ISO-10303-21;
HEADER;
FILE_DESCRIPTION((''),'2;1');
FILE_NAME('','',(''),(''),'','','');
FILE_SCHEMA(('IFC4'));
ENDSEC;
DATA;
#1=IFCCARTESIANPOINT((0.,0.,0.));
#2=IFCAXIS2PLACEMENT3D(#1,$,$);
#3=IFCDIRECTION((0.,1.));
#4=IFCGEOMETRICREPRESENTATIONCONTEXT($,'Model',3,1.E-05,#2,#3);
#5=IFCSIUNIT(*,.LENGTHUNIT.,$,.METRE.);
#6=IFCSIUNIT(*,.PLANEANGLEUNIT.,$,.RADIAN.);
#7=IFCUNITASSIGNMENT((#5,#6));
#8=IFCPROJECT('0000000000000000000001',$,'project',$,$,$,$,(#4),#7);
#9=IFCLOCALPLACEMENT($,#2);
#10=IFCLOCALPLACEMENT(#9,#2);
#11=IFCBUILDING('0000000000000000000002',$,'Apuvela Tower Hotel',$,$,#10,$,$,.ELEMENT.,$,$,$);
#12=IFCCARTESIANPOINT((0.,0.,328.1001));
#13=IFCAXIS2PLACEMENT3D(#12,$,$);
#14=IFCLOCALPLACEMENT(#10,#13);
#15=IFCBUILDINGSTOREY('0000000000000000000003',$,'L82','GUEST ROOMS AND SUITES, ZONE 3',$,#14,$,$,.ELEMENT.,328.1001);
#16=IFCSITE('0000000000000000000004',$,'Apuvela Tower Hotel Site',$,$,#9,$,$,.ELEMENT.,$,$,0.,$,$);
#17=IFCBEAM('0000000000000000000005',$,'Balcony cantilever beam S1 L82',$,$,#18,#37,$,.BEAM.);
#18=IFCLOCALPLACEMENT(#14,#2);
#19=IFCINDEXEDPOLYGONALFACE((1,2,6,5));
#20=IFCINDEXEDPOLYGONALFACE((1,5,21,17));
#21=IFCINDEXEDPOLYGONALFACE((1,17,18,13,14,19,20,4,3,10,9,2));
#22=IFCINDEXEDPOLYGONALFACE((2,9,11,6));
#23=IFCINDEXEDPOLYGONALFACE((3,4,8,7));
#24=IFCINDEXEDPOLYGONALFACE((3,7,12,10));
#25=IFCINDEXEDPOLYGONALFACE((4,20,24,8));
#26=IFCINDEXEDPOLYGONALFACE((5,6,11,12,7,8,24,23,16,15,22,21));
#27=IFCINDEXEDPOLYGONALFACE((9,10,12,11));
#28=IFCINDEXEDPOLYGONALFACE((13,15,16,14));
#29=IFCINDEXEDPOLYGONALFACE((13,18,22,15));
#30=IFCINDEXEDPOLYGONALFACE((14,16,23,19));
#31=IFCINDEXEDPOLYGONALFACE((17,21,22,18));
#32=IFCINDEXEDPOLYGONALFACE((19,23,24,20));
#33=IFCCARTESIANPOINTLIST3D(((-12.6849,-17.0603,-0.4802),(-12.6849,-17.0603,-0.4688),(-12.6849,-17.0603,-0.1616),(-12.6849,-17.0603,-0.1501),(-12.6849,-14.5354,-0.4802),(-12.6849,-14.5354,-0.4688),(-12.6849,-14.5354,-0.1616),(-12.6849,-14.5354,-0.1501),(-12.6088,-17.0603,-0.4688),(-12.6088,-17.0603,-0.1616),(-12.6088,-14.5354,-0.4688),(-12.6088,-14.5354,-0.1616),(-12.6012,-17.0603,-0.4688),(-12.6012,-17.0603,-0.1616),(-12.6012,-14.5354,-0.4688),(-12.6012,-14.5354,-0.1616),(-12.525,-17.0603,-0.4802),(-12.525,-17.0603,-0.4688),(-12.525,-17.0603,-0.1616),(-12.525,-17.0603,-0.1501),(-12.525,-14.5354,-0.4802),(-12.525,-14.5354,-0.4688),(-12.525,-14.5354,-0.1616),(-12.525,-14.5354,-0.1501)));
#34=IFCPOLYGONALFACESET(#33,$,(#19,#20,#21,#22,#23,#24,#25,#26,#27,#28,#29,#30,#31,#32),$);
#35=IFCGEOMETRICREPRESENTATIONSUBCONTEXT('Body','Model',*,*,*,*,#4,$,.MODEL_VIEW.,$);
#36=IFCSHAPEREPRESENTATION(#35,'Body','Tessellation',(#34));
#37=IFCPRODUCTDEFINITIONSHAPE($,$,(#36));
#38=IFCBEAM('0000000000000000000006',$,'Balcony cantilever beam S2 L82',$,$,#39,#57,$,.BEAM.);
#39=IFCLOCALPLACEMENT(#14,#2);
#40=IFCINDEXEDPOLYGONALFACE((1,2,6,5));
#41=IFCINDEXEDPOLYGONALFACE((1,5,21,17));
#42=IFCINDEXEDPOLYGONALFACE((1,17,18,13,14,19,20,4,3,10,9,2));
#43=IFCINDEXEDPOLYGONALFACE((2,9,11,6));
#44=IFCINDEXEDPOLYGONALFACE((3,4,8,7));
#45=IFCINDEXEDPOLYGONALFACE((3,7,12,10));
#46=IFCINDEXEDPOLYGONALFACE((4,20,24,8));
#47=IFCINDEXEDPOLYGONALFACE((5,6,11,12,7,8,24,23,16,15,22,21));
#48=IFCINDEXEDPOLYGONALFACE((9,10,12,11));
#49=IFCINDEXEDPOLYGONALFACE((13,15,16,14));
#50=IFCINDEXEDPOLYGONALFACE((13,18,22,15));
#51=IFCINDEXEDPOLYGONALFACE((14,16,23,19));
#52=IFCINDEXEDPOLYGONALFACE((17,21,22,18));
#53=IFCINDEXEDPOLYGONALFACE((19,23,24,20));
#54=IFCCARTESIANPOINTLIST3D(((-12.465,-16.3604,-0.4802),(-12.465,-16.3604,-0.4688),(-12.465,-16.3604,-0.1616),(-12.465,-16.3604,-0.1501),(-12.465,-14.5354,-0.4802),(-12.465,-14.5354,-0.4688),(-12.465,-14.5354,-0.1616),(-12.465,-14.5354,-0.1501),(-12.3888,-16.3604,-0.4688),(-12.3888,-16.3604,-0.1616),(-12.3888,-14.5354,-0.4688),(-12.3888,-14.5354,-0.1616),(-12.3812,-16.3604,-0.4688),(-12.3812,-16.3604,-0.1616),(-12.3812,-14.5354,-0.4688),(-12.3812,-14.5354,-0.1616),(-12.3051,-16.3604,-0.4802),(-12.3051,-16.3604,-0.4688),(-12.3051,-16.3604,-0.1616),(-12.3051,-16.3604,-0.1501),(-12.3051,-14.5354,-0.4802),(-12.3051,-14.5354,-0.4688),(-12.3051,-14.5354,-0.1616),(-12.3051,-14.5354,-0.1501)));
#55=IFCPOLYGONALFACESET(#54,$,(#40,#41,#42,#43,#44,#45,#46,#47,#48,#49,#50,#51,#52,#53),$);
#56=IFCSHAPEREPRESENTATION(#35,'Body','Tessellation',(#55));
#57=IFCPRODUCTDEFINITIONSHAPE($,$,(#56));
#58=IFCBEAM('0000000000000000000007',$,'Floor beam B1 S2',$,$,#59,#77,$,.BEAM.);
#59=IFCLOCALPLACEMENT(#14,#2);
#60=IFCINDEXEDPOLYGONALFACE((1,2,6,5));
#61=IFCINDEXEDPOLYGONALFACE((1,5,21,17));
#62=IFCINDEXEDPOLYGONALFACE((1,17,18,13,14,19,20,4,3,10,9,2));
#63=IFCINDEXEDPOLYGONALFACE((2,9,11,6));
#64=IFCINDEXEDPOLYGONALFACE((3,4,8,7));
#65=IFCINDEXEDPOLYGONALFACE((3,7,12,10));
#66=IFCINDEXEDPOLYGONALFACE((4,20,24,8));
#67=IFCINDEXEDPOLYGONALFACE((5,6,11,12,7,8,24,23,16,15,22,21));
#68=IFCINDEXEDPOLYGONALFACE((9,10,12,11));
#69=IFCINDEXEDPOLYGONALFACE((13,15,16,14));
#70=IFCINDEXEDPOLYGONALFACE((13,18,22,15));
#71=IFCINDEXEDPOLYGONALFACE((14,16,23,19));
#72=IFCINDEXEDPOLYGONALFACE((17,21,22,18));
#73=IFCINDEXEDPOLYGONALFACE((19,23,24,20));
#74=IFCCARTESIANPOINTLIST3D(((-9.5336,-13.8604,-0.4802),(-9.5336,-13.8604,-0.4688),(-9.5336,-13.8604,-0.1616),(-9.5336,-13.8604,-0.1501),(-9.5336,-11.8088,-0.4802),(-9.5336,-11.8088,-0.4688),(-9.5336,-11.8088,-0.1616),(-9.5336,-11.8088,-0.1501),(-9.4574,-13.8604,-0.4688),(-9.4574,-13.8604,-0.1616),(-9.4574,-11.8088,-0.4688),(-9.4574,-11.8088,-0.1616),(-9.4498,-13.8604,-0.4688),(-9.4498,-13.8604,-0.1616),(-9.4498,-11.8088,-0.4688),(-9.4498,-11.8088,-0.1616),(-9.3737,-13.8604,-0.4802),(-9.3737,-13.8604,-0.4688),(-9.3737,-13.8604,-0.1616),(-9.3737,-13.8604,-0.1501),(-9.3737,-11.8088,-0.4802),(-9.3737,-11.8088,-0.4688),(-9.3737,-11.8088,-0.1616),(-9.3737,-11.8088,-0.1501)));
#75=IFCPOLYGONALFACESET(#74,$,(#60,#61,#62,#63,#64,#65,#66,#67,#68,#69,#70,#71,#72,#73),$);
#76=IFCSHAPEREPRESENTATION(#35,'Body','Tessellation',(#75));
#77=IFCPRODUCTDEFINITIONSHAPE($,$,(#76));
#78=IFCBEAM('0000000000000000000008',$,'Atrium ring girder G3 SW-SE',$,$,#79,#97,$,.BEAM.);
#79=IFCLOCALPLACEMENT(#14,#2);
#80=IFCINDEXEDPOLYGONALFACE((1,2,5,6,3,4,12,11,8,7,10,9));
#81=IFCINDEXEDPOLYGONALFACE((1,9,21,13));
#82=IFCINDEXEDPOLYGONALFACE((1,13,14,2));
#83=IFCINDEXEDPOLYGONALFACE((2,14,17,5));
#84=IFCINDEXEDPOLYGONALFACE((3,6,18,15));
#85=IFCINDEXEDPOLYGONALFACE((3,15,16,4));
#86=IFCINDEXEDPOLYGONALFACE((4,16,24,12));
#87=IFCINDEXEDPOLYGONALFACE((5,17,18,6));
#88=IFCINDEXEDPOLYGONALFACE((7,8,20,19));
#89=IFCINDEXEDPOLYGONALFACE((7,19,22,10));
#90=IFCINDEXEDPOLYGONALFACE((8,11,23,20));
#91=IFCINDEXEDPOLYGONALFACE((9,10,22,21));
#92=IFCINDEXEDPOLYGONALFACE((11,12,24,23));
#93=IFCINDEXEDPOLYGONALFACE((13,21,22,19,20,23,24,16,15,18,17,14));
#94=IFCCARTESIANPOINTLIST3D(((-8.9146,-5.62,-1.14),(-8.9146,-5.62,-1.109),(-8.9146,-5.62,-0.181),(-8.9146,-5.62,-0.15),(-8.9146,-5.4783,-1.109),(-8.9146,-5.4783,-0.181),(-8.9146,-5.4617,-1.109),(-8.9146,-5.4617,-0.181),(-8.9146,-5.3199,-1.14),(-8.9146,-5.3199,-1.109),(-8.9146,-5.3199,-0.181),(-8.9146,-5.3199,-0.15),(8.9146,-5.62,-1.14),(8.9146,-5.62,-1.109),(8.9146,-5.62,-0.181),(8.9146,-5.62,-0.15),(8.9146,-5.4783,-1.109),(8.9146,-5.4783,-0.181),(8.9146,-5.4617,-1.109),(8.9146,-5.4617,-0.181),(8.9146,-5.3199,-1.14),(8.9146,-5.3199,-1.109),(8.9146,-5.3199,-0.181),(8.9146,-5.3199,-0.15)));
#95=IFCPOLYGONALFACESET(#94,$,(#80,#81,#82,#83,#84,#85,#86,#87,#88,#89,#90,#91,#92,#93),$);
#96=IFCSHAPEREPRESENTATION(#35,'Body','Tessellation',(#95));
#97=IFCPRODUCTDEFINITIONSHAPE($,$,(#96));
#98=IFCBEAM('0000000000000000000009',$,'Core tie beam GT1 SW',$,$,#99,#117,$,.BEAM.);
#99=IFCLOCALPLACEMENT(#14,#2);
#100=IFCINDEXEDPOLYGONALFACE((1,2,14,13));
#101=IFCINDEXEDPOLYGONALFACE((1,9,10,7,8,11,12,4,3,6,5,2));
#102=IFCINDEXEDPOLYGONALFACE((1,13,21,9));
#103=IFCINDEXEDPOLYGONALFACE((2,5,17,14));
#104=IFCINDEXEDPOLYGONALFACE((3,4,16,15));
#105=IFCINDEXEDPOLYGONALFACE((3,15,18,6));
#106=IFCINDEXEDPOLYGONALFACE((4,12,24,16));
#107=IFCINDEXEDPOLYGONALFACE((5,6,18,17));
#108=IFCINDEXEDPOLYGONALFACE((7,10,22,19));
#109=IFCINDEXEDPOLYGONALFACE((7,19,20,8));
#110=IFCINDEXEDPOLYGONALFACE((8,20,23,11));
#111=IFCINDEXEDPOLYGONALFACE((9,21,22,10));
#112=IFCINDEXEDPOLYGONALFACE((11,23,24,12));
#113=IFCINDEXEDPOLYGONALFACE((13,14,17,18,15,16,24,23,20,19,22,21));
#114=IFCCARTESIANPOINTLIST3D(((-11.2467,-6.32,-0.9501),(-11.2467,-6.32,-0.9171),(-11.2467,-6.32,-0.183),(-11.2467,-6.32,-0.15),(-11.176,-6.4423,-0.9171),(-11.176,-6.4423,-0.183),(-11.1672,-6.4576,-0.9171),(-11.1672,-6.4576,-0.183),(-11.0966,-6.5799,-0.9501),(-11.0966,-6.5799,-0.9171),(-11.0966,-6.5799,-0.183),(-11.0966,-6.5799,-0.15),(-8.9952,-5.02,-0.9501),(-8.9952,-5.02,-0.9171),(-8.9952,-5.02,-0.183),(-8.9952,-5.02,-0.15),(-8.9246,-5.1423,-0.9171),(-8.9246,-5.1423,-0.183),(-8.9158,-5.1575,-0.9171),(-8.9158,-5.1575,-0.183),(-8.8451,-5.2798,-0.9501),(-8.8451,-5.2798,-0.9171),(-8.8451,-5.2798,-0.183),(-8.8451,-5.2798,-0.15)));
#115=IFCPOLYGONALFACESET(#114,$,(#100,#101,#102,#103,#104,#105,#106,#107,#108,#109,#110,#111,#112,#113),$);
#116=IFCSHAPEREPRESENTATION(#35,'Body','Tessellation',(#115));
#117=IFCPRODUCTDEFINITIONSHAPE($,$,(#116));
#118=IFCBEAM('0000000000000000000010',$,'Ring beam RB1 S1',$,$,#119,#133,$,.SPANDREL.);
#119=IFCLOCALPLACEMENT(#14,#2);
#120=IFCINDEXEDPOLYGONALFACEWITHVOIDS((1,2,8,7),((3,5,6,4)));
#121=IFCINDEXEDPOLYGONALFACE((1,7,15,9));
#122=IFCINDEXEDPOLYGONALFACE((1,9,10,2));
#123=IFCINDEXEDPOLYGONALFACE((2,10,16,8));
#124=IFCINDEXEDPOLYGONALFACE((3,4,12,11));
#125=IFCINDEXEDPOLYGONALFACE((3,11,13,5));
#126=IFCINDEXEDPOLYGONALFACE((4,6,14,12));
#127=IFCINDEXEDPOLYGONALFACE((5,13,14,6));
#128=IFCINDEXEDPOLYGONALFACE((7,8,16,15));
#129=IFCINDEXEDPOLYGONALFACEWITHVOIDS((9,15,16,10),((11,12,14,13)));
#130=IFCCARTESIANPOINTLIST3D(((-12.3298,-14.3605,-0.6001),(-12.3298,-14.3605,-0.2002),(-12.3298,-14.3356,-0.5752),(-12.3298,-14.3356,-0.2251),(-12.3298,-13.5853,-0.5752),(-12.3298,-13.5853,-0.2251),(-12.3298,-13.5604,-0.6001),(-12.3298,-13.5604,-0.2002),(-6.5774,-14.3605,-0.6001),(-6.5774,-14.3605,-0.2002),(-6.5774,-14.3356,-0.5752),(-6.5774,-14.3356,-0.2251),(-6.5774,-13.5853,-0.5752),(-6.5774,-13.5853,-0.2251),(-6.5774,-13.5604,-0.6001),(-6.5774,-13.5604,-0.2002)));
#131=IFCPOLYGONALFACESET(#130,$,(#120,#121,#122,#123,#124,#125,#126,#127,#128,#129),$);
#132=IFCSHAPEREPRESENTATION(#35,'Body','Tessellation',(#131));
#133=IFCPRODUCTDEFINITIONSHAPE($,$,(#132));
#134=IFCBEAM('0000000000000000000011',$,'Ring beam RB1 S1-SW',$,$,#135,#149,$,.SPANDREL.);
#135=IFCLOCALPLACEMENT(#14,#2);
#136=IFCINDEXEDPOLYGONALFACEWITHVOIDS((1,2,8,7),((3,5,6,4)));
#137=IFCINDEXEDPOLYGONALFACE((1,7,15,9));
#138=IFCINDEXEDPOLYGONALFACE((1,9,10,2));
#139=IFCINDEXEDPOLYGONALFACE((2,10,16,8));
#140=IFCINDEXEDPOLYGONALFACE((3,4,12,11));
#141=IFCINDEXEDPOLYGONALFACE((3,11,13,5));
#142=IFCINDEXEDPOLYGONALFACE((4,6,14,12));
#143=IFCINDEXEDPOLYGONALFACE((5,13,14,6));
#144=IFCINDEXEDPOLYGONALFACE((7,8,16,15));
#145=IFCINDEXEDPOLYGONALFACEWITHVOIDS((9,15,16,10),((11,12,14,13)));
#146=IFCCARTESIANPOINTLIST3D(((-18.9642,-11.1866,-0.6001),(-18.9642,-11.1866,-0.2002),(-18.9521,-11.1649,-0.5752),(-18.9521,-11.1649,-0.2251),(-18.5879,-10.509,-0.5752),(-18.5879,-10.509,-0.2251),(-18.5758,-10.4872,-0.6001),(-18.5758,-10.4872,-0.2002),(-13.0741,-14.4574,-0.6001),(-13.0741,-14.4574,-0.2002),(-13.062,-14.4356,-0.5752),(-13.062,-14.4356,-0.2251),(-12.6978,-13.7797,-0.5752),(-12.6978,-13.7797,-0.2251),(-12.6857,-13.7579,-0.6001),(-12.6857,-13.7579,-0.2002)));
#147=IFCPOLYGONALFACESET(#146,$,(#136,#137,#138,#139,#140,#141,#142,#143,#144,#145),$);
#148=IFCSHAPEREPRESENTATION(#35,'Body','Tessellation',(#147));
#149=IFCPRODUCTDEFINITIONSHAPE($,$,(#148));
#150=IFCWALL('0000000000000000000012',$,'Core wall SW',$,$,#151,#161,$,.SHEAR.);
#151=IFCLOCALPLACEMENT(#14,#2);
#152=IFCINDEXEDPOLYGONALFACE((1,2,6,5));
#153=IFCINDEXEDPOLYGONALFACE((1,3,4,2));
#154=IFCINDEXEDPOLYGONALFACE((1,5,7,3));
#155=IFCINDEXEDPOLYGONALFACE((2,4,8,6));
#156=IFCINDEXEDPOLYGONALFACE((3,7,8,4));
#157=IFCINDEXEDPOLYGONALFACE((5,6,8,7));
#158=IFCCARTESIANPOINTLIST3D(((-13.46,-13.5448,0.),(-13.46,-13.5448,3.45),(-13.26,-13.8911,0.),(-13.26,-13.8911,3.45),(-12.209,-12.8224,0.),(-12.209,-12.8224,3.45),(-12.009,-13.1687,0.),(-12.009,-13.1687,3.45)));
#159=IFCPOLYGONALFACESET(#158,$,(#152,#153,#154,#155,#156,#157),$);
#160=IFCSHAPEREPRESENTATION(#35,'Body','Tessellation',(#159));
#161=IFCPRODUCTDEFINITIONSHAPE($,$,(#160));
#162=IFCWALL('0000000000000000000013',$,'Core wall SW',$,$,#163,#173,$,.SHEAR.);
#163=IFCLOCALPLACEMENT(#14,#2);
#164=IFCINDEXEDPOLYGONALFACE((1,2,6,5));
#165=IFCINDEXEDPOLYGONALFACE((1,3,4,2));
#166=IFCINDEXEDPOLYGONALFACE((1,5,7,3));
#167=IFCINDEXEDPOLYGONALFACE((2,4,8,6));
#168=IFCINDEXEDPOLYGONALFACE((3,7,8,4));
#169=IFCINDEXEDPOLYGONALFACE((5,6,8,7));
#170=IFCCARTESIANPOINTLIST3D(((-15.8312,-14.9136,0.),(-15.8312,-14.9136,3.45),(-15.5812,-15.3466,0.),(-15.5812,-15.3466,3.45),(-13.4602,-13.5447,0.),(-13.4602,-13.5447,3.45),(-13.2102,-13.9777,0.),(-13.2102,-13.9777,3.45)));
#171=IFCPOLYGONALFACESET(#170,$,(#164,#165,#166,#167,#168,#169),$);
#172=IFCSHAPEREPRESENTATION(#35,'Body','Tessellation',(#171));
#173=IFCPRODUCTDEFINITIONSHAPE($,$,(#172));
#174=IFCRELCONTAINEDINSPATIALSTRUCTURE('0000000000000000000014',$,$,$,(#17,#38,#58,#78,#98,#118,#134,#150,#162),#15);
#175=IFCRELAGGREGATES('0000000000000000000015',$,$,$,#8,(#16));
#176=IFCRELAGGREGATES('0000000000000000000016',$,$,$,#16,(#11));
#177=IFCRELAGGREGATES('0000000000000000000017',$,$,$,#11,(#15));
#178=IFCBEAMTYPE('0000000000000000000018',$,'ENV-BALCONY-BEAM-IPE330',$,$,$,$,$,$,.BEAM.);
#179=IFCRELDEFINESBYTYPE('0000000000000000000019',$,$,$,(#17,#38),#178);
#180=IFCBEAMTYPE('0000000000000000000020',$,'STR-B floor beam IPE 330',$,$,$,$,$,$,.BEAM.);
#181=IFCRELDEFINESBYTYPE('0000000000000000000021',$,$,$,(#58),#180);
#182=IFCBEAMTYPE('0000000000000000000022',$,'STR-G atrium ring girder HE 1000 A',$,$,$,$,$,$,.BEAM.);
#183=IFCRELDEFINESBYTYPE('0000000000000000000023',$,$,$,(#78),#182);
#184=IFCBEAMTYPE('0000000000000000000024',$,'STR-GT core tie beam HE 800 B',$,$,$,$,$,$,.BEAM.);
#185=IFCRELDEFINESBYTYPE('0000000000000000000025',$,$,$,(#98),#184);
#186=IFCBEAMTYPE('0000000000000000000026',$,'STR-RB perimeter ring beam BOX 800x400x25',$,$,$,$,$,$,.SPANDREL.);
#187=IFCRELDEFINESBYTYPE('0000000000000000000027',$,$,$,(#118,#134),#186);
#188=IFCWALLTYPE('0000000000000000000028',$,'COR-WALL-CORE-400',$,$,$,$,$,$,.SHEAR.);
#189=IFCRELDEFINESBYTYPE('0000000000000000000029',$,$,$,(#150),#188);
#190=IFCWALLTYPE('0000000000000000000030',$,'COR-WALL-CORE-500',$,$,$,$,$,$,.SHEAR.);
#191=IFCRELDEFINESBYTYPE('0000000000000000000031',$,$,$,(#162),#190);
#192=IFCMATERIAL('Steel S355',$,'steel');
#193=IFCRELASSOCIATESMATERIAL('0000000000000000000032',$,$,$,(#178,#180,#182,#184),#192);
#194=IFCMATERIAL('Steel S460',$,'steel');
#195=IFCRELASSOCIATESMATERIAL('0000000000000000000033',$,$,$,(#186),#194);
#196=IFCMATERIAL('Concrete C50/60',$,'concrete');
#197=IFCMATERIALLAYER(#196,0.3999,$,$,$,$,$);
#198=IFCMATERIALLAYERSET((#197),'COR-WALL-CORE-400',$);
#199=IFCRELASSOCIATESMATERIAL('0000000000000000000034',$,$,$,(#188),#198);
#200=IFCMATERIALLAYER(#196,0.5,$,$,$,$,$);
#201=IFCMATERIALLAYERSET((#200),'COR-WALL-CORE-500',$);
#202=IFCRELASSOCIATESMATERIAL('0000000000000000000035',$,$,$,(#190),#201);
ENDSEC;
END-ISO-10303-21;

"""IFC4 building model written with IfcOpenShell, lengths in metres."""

from ifc_helpers import new_model, si_unit, direction, frame, frame_2d, origin, origin_2d, place, context, subcontext, project, spatial, rectangle, hollow_rectangle, i_section, extrude, material, layer, layer_set, material_profile, profile_set, type_object, element, save


model = new_model("IFC4")

# Units and contexts
model_context = context("Model", 3, precision=1e-05, world=origin(), true_north=direction((0.0, 1.0)))
body_context = subcontext(model_context, "Body", "Model", "MODEL_VIEW")
ifc_project = project(units=[si_unit("LENGTHUNIT", "METRE"), si_unit("PLANEANGLEUNIT", "RADIAN")], contexts=[model_context])

# Site, building, storey
site_placement = place(None, origin())
site = spatial("IfcSite", under=ifc_project, at=site_placement, Name="Apuvela Tower Hotel Site", CompositionType="ELEMENT", RefElevation=0.0)
building_placement = place(site_placement, origin())
building = spatial("IfcBuilding", under=site, at=building_placement, Name="Apuvela Tower Hotel", CompositionType="ELEMENT")
storey_placement = place(building_placement, frame((0.0, 0.0, 328.1001)))
storey = spatial("IfcBuildingStorey", under=building, at=storey_placement, Name="L82", Description="GUEST ROOMS AND SUITES, ZONE 3", CompositionType="ELEMENT", Elevation=328.1001)

# Shared definitions
ifc_material_1 = material(Name="Steel S460", Category="steel")

# Beams
ifc_material_2 = material(Name="Steel S355", Category="steel")
ifc_material_profile_1 = material_profile(ifc_material_2, i_section(OverallWidth=0.1599, OverallDepth=0.3301, WebThickness=0.0076, FlangeThickness=0.0115, at=origin_2d()), Name="IPE 330")
ifc_profile_set_1 = profile_set([ifc_material_profile_1], Name="Steel S355")
beam_type_1 = type_object("IfcBeamType", Name="ENV-BALCONY-BEAM-IPE330", PredefinedType="BEAM", material=ifc_profile_set_1)
beam_1_placement = place(storey_placement, frame((-12.605, -14.5354, -0.3152), z_axis=(0.0, -1.0, 0.0), x_axis=(1.0, 0.0, 0.0)))
element("IfcBeam", 1, at=beam_1_placement, inside=storey, type_object=beam_type_1, Name="Balcony cantilever beam S1 L82", PredefinedType="BEAM", context=body_context, shape_type="SweptSolid", body=[
    extrude(i_section(OverallWidth=0.1599, OverallDepth=0.3301, WebThickness=0.0076, FlangeThickness=0.0115, at=origin_2d()), origin(), (0.0, 0.0, 1.0), 2.5249),
])
beam_2_placement = place(storey_placement, frame((-12.385, -14.5354, -0.3152), z_axis=(0.0, -1.0, 0.0), x_axis=(1.0, 0.0, 0.0)))
element("IfcBeam", 2, at=beam_2_placement, inside=storey, type_object=beam_type_1, Name="Balcony cantilever beam S2 L82", PredefinedType="BEAM", context=body_context, shape_type="SweptSolid", body=[
    extrude(i_section(OverallWidth=0.1599, OverallDepth=0.3301, WebThickness=0.0076, FlangeThickness=0.0115, at=origin_2d()), origin(), (0.0, 0.0, 1.0), 1.825),
])
ifc_material_profile_2 = material_profile(ifc_material_2, i_section(OverallWidth=0.1599, OverallDepth=0.3301, WebThickness=0.0076, FlangeThickness=0.0115, at=origin_2d()), Name="IPE 330")
ifc_profile_set_2 = profile_set([ifc_material_profile_2], Name="Steel S355")
beam_type_2 = type_object("IfcBeamType", Name="STR-B floor beam IPE 330", PredefinedType="BEAM", material=ifc_profile_set_2)
beam_3_placement = place(storey_placement, frame((-9.4536, -13.8604, -0.3152), z_axis=(0.0, 1.0, 0.0), x_axis=(-1.0, 0.0, 0.0)))
element("IfcBeam", 3, at=beam_3_placement, inside=storey, type_object=beam_type_2, Name="Floor beam B1 S2", PredefinedType="BEAM", context=body_context, shape_type="SweptSolid", body=[
    extrude(i_section(OverallWidth=0.1599, OverallDepth=0.3301, WebThickness=0.0076, FlangeThickness=0.0115, at=origin_2d()), origin(), (0.0, 0.0, 1.0), 2.0515),
])
ifc_material_profile_3 = material_profile(ifc_material_2, i_section(OverallWidth=0.3, OverallDepth=0.99, WebThickness=0.0166, FlangeThickness=0.031, at=origin_2d()), Name="HE 1000 A")
ifc_profile_set_3 = profile_set([ifc_material_profile_3], Name="Steel S355")
beam_type_3 = type_object("IfcBeamType", Name="STR-G atrium ring girder HE 1000 A", PredefinedType="BEAM", material=ifc_profile_set_3)
beam_4_placement = place(storey_placement, frame((-8.9146, -5.47, -0.645), z_axis=(1.0, 0.0, 0.0), x_axis=(0.0, 1.0, 0.0)))
element("IfcBeam", 4, at=beam_4_placement, inside=storey, type_object=beam_type_3, Name="Atrium ring girder G3 SW-SE", PredefinedType="BEAM", context=body_context, shape_type="SweptSolid", body=[
    extrude(i_section(OverallWidth=0.3, OverallDepth=0.99, WebThickness=0.0166, FlangeThickness=0.031, at=origin_2d()), origin(), (0.0, 0.0, 1.0), 17.8291),
])
ifc_material_profile_4 = material_profile(ifc_material_2, i_section(OverallWidth=0.3, OverallDepth=0.8, WebThickness=0.0176, FlangeThickness=0.033, at=origin_2d()), Name="HE 800 B")
ifc_profile_set_4 = profile_set([ifc_material_profile_4], Name="Steel S355")
beam_type_4 = type_object("IfcBeamType", Name="STR-GT core tie beam HE 800 B", PredefinedType="BEAM", material=ifc_profile_set_4)
beam_5_placement = place(storey_placement, frame((-11.1716, -6.45, -0.55), z_axis=(0.865998, 0.500048, 0.0), x_axis=(-0.500048, 0.865998, 0.0)))
element("IfcBeam", 5, at=beam_5_placement, inside=storey, type_object=beam_type_4, Name="Core tie beam GT1 SW", PredefinedType="BEAM", context=body_context, shape_type="SweptSolid", body=[
    extrude(i_section(OverallWidth=0.3, OverallDepth=0.8, WebThickness=0.0176, FlangeThickness=0.033, at=origin_2d()), origin(), (0.0, 0.0, 1.0), 2.5999),
])
ifc_material_profile_5 = material_profile(ifc_material_1, hollow_rectangle(XDim=0.8, YDim=0.3999, WallThickness=0.0249, at=origin_2d()), Name="BOX 800x400x25")
ifc_profile_set_5 = profile_set([ifc_material_profile_5], Name="Steel S460")
beam_type_5 = type_object("IfcBeamType", Name="STR-RB perimeter ring beam BOX 800x400x25", PredefinedType="SPANDREL", material=ifc_profile_set_5)
beam_6_placement = place(storey_placement, frame((-12.3298, -13.9604, -0.4001), z_axis=(1.0, 0.0, 0.0), x_axis=(0.0, 1.0, 0.0)))
element("IfcBeam", 6, at=beam_6_placement, inside=storey, type_object=beam_type_5, Name="Ring beam RB1 S1", PredefinedType="SPANDREL", context=body_context, shape_type="SweptSolid", body=[
    extrude(hollow_rectangle(XDim=0.8, YDim=0.3999, WallThickness=0.0249, at=origin_2d()), origin(), (0.0, 0.0, 1.0), 5.7524),
])
beam_7_placement = place(storey_placement, frame((-12.8799, -14.1077, -0.4001), z_axis=(-0.874255, 0.485468, 0.0), x_axis=(-0.485468, -0.874255, 0.0)))
element("IfcBeam", 7, at=beam_7_placement, inside=storey, type_object=beam_type_5, Name="Ring beam RB1 S1-SW", PredefinedType="SPANDREL", context=body_context, shape_type="SweptSolid", body=[
    extrude(hollow_rectangle(XDim=0.8, YDim=0.3999, WallThickness=0.0249, at=origin_2d()), origin(), (0.0, 0.0, 1.0), 6.7373),
])

# Walls
ifc_material_3 = material(Name="Concrete C50/60", Category="concrete")
ifc_layer_1 = layer(ifc_material_3, 0.3999)
ifc_layer_set_1 = layer_set([ifc_layer_1], Name="COR-WALL-CORE-400")
wall_type_1 = type_object("IfcWallType", Name="COR-WALL-CORE-400", PredefinedType="SHEAR", material=ifc_layer_set_1)
wall_1_placement = place(storey_placement, frame((-12.1091, -12.9956, 0.0), z_axis=(0.0, 0.0, 1.0), x_axis=(-0.865977, -0.500083, 0.0)))
element("IfcWall", 8, at=wall_1_placement, inside=storey, type_object=wall_type_1, Name="Core wall SW", PredefinedType="SHEAR", context=body_context, shape_type="SweptSolid", body=[
    extrude(rectangle(XDim=1.4446, YDim=0.3999, at=frame_2d((0.7222, 0.0))), origin(), (0.0, 0.0, 1.0), 3.45),
])
ifc_layer_2 = layer(ifc_material_3, 0.5)
ifc_layer_set_2 = layer_set([ifc_layer_2], Name="COR-WALL-CORE-500")
wall_type_2 = type_object("IfcWallType", Name="COR-WALL-CORE-500", PredefinedType="SHEAR", material=ifc_layer_set_2)
wall_2_placement = place(storey_placement, frame((-13.3352, -13.7612, 0.0), z_axis=(0.0, 0.0, 1.0), x_axis=(-0.866034, -0.499985, 0.0)))
element("IfcWall", 9, at=wall_2_placement, inside=storey, type_object=wall_type_2, Name="Core wall SW", PredefinedType="SHEAR", context=body_context, shape_type="SweptSolid", body=[
    extrude(rectangle(XDim=2.7378, YDim=0.5, at=frame_2d((1.3689, 0.0))), origin(), (0.0, 0.0, 1.0), 3.45),
])

save(model, "model.ifc")
